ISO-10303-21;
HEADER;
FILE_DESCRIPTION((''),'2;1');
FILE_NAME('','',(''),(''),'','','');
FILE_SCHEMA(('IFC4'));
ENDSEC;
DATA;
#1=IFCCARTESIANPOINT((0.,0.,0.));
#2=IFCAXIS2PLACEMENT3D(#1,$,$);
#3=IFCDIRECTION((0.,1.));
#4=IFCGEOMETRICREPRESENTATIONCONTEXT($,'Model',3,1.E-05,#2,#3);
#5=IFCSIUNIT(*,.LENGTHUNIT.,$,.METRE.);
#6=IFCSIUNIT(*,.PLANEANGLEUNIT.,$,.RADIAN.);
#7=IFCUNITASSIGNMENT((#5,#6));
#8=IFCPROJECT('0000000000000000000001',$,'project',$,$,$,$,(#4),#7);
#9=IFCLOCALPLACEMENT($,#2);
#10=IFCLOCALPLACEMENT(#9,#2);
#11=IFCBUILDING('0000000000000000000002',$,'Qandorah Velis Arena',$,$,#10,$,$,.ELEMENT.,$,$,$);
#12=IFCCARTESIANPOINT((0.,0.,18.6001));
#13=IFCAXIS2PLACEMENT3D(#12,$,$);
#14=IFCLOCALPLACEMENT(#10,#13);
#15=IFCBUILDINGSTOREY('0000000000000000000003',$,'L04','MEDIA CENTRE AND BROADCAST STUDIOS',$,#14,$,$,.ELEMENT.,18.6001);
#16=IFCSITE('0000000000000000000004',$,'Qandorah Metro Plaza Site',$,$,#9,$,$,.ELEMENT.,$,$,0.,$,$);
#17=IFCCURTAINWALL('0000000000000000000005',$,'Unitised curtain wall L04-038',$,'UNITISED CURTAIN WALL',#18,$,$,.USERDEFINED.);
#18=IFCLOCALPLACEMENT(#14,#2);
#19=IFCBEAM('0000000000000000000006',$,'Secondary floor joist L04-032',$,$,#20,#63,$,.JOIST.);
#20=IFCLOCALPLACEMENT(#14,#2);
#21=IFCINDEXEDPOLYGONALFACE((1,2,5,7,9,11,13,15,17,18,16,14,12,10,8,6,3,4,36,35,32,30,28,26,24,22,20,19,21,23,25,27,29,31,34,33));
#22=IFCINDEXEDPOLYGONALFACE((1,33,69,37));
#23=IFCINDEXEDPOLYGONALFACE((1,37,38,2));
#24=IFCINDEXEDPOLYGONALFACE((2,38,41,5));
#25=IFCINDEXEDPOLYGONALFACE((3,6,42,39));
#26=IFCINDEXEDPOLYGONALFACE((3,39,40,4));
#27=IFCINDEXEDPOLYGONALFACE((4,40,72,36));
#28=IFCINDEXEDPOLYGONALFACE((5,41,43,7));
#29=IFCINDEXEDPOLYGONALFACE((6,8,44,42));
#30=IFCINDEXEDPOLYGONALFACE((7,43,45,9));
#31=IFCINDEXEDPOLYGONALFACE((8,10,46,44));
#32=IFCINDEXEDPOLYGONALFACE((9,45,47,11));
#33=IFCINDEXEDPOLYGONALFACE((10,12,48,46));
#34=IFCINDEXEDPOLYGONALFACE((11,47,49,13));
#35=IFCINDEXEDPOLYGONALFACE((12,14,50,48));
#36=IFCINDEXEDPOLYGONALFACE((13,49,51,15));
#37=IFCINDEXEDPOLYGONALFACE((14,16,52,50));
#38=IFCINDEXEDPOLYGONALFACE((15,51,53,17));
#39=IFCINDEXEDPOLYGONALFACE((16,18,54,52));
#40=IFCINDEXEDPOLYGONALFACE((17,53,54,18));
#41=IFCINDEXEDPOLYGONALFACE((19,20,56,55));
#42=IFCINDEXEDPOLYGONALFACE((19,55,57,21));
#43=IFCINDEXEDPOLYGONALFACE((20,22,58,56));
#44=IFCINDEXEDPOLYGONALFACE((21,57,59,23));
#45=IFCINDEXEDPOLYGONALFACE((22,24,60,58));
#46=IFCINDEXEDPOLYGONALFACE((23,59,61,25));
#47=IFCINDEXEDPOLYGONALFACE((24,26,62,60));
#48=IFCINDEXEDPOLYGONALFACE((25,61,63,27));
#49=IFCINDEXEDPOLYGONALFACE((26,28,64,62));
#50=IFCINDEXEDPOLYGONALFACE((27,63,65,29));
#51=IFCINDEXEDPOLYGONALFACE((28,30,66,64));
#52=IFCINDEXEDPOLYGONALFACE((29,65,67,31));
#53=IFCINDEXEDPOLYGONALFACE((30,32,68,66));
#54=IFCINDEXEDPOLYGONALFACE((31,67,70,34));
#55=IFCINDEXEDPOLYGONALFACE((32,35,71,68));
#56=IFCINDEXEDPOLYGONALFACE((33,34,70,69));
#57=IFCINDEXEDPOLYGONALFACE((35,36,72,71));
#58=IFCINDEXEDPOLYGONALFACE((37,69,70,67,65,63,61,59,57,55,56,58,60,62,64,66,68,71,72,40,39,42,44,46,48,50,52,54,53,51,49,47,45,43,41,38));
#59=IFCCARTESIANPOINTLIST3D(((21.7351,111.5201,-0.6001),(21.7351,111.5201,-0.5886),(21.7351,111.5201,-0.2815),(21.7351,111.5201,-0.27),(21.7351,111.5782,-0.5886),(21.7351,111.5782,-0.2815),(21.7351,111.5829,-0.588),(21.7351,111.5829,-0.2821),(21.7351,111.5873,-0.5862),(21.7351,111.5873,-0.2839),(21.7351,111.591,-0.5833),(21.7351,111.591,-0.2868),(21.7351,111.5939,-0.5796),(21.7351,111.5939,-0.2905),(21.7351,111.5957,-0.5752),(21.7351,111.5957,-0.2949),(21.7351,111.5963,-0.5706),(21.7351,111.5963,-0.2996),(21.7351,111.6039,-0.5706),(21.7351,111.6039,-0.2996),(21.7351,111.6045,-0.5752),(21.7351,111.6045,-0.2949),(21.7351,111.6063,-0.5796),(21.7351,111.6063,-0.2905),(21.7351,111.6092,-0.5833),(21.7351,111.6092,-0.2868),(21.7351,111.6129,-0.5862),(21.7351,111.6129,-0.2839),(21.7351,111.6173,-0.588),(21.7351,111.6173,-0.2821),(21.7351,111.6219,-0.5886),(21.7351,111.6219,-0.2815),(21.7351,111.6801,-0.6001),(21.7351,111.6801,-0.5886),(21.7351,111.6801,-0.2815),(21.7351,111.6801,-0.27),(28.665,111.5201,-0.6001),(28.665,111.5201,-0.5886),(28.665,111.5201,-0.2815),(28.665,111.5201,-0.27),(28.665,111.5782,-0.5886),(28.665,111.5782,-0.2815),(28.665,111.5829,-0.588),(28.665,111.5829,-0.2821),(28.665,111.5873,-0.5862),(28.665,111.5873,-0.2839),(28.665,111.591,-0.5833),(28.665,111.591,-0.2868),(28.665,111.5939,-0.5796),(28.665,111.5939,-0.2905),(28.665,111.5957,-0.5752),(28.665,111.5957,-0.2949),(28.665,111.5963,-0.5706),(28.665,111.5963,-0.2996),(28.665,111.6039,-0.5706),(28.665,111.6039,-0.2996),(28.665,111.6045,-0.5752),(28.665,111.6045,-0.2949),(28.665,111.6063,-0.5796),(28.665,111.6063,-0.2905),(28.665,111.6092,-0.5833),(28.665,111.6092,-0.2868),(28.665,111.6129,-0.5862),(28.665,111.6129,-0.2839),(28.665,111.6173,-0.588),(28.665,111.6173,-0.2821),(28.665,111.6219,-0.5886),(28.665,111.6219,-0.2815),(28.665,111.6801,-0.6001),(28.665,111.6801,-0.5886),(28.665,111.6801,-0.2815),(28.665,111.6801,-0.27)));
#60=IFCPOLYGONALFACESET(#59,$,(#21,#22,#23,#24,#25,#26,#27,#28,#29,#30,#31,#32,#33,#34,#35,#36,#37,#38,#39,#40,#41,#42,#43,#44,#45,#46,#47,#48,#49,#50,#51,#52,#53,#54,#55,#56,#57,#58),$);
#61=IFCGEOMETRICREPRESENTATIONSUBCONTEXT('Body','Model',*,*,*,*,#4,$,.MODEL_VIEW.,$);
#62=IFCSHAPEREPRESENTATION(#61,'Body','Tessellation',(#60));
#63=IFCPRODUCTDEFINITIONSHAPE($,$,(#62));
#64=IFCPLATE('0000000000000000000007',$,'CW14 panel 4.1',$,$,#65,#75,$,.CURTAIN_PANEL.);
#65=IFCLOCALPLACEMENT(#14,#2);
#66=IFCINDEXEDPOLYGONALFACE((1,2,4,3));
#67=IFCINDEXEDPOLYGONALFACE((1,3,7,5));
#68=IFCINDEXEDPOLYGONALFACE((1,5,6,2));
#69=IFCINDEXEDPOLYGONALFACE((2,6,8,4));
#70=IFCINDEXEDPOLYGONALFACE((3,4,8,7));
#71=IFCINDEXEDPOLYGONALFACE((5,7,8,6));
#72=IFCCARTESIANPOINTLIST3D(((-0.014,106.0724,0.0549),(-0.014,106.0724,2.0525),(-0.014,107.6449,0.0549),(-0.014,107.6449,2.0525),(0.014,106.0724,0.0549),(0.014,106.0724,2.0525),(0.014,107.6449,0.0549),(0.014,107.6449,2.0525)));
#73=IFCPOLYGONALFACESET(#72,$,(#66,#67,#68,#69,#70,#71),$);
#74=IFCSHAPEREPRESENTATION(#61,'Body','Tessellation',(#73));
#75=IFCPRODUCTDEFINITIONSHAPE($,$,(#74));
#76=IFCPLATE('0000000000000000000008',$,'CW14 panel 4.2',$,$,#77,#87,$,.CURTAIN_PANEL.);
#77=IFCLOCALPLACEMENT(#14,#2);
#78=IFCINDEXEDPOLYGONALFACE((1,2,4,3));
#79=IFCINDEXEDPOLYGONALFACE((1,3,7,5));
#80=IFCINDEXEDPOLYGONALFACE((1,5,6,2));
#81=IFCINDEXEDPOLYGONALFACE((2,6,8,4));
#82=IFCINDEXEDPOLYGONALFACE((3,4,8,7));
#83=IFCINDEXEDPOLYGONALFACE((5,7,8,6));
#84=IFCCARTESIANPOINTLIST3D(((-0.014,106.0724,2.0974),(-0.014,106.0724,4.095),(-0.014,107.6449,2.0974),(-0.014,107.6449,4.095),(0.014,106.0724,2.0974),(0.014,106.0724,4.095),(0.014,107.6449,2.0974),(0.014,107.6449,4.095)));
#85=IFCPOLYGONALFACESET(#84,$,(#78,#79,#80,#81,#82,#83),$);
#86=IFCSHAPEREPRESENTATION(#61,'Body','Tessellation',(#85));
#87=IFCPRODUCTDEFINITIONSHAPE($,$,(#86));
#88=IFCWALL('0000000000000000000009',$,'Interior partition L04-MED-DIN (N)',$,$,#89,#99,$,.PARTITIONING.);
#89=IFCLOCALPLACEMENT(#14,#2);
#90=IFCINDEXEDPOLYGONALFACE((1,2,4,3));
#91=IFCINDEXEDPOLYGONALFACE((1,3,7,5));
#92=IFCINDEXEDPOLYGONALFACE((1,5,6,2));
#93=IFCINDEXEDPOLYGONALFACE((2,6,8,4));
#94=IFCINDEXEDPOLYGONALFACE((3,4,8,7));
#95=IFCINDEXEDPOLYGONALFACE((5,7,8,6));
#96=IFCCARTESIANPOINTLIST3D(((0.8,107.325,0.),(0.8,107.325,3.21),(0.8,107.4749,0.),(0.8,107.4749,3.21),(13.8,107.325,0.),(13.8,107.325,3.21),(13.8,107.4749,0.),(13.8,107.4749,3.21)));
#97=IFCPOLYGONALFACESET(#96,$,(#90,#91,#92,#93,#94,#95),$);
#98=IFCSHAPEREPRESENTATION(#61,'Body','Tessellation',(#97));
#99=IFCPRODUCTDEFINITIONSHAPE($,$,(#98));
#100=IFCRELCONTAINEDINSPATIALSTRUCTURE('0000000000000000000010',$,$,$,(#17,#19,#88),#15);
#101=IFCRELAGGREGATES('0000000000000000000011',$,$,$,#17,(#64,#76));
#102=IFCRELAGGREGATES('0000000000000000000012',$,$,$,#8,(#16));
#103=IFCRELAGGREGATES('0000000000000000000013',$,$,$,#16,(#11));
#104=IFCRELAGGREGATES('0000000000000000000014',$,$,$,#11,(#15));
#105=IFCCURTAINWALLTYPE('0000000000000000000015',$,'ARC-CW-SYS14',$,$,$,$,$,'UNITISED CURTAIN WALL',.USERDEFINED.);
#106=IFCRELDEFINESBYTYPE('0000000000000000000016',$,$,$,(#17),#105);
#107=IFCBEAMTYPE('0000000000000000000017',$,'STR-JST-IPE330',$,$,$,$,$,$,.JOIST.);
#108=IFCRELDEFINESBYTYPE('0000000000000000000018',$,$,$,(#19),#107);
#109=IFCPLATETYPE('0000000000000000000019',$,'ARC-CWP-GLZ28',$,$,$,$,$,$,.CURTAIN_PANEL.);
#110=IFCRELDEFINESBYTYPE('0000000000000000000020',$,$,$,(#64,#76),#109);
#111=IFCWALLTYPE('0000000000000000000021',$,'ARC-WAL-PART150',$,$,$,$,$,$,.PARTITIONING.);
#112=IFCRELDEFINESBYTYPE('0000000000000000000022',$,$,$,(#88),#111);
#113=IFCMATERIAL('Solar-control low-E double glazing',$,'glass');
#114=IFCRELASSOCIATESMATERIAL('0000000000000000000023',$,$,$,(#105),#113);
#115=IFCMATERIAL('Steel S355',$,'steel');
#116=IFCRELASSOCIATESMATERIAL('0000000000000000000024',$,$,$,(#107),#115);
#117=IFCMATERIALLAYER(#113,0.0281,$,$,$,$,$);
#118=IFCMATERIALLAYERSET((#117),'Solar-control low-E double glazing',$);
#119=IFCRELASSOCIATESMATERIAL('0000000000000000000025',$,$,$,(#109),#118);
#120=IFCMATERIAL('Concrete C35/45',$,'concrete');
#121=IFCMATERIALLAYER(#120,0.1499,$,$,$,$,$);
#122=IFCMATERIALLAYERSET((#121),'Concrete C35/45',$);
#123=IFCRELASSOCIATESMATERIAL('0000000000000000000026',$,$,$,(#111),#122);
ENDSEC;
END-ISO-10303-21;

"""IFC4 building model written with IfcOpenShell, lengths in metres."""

from ifc_helpers import new_model, si_unit, direction, frame, frame_2d, origin, origin_2d, place, context, subcontext, project, spatial, rectangle, i_section, extrude, material, layer, layer_set, material_profile, profile_set, type_object, element, aggregate, save


model = new_model("IFC4")

# Units and contexts
model_context = context("Model", 3, precision=1e-05, world=origin(), true_north=direction((0.0, 1.0)))
body_context = subcontext(model_context, "Body", "Model", "MODEL_VIEW")
ifc_project = project(units=[si_unit("LENGTHUNIT", "METRE"), si_unit("PLANEANGLEUNIT", "RADIAN")], contexts=[model_context])

# Site, building, storey
site_placement = place(None, origin())
site = spatial("IfcSite", under=ifc_project, at=site_placement, Name="Qandorah Metro Plaza Site", CompositionType="ELEMENT", RefElevation=0.0)
building_placement = place(site_placement, origin())
building = spatial("IfcBuilding", under=site, at=building_placement, Name="Qandorah Velis Arena", CompositionType="ELEMENT")
storey_placement = place(building_placement, frame((0.0, 0.0, 18.6001)))
storey = spatial("IfcBuildingStorey", under=building, at=storey_placement, Name="L04", Description="MEDIA CENTRE AND BROADCAST STUDIOS", CompositionType="ELEMENT", Elevation=18.6001)

# Shared definitions
ifc_material_1 = material(Name="Steel S355", Category="steel")

# Curtain wall
ifc_material_2 = material(Name="Solar-control low-E double glazing", Category="glass")
curtain_wall_type = type_object("IfcCurtainWallType", Name="ARC-CW-SYS14", ElementType="UNITISED CURTAIN WALL", PredefinedType="USERDEFINED", material=ifc_material_2)
curtain_wall_placement = place(storey_placement, origin())
curtain_wall = element("IfcCurtainWall", 1, at=curtain_wall_placement, inside=storey, type_object=curtain_wall_type, Name="Unitised curtain wall L04-038", ObjectType="UNITISED CURTAIN WALL", PredefinedType="USERDEFINED")

# Beam
ifc_material_profile_1 = material_profile(ifc_material_1, i_section(OverallWidth=0.1599, OverallDepth=0.3301, WebThickness=0.0076, FlangeThickness=0.0115, FilletRadius=0.0181, at=origin_2d()), Name="IPE 330")
ifc_profile_set_1 = profile_set([ifc_material_profile_1], Name="Steel S355")
beam_type_1 = type_object("IfcBeamType", Name="STR-JST-IPE330", PredefinedType="JOIST", material=ifc_profile_set_1)
beam_1_placement = place(storey_placement, frame((21.7351, 111.6001, -0.4351), z_axis=(1.0, 0.0, 0.0), x_axis=(0.0, 1.0, 0.0)))
element("IfcBeam", 2, at=beam_1_placement, inside=storey, type_object=beam_type_1, Name="Secondary floor joist L04-032", PredefinedType="JOIST", context=body_context, shape_type="SweptSolid", body=[
    extrude(i_section(OverallWidth=0.1599, OverallDepth=0.3301, WebThickness=0.0076, FlangeThickness=0.0115, FilletRadius=0.0181, at=origin_2d()), origin(), (0.0, 0.0, 1.0), 6.9299),
])

# Plates
ifc_layer_1 = layer(ifc_material_2, 0.0281)
ifc_layer_set_1 = layer_set([ifc_layer_1], Name="Solar-control low-E double glazing")
plate_type = type_object("IfcPlateType", Name="ARC-CWP-GLZ28", PredefinedType="CURTAIN_PANEL", material=ifc_layer_set_1)
plate_1_placement = place(storey_placement, frame((0.0, 106.8586, 0.0549), z_axis=(0.0, 0.0, 1.0), x_axis=(0.0, 1.0, 0.0)))
plate_1 = element("IfcPlate", 3, at=plate_1_placement, type_object=plate_type, Name="CW14 panel 4.1", PredefinedType="CURTAIN_PANEL", context=body_context, shape_type="SweptSolid", body=[
    extrude(rectangle(XDim=1.5725, YDim=0.0281, at=origin_2d()), origin(), (0.0, 0.0, 1.0), 1.9976),
])
plate_2_placement = place(storey_placement, frame((0.0, 106.8586, 2.0974), z_axis=(0.0, 0.0, 1.0), x_axis=(0.0, 1.0, 0.0)))
plate_2 = element("IfcPlate", 4, at=plate_2_placement, type_object=plate_type, Name="CW14 panel 4.2", PredefinedType="CURTAIN_PANEL", context=body_context, shape_type="SweptSolid", body=[
    extrude(rectangle(XDim=1.5725, YDim=0.0281, at=origin_2d()), origin(), (0.0, 0.0, 1.0), 1.9976),
])
aggregate(curtain_wall, [plate_1, plate_2])

# Wall
ifc_material_3 = material(Name="Concrete C35/45", Category="concrete")
ifc_layer_2 = layer(ifc_material_3, 0.1499)
ifc_layer_set_2 = layer_set([ifc_layer_2], Name="Concrete C35/45")
wall_type = type_object("IfcWallType", Name="ARC-WAL-PART150", PredefinedType="PARTITIONING", material=ifc_layer_set_2)
wall_placement = place(storey_placement, frame((13.8, 107.3999, 0.0), z_axis=(0.0, 0.0, 1.0), x_axis=(-1.0, 0.0, 0.0)))
element("IfcWall", 5, at=wall_placement, inside=storey, type_object=wall_type, Name="Interior partition L04-MED-DIN (N)", PredefinedType="PARTITIONING", context=body_context, shape_type="SweptSolid", body=[
    extrude(rectangle(XDim=13.0, YDim=0.1499, at=frame_2d((6.5, 0.0))), origin(), (0.0, 0.0, 1.0), 3.21),
])

save(model, "model.ifc")
